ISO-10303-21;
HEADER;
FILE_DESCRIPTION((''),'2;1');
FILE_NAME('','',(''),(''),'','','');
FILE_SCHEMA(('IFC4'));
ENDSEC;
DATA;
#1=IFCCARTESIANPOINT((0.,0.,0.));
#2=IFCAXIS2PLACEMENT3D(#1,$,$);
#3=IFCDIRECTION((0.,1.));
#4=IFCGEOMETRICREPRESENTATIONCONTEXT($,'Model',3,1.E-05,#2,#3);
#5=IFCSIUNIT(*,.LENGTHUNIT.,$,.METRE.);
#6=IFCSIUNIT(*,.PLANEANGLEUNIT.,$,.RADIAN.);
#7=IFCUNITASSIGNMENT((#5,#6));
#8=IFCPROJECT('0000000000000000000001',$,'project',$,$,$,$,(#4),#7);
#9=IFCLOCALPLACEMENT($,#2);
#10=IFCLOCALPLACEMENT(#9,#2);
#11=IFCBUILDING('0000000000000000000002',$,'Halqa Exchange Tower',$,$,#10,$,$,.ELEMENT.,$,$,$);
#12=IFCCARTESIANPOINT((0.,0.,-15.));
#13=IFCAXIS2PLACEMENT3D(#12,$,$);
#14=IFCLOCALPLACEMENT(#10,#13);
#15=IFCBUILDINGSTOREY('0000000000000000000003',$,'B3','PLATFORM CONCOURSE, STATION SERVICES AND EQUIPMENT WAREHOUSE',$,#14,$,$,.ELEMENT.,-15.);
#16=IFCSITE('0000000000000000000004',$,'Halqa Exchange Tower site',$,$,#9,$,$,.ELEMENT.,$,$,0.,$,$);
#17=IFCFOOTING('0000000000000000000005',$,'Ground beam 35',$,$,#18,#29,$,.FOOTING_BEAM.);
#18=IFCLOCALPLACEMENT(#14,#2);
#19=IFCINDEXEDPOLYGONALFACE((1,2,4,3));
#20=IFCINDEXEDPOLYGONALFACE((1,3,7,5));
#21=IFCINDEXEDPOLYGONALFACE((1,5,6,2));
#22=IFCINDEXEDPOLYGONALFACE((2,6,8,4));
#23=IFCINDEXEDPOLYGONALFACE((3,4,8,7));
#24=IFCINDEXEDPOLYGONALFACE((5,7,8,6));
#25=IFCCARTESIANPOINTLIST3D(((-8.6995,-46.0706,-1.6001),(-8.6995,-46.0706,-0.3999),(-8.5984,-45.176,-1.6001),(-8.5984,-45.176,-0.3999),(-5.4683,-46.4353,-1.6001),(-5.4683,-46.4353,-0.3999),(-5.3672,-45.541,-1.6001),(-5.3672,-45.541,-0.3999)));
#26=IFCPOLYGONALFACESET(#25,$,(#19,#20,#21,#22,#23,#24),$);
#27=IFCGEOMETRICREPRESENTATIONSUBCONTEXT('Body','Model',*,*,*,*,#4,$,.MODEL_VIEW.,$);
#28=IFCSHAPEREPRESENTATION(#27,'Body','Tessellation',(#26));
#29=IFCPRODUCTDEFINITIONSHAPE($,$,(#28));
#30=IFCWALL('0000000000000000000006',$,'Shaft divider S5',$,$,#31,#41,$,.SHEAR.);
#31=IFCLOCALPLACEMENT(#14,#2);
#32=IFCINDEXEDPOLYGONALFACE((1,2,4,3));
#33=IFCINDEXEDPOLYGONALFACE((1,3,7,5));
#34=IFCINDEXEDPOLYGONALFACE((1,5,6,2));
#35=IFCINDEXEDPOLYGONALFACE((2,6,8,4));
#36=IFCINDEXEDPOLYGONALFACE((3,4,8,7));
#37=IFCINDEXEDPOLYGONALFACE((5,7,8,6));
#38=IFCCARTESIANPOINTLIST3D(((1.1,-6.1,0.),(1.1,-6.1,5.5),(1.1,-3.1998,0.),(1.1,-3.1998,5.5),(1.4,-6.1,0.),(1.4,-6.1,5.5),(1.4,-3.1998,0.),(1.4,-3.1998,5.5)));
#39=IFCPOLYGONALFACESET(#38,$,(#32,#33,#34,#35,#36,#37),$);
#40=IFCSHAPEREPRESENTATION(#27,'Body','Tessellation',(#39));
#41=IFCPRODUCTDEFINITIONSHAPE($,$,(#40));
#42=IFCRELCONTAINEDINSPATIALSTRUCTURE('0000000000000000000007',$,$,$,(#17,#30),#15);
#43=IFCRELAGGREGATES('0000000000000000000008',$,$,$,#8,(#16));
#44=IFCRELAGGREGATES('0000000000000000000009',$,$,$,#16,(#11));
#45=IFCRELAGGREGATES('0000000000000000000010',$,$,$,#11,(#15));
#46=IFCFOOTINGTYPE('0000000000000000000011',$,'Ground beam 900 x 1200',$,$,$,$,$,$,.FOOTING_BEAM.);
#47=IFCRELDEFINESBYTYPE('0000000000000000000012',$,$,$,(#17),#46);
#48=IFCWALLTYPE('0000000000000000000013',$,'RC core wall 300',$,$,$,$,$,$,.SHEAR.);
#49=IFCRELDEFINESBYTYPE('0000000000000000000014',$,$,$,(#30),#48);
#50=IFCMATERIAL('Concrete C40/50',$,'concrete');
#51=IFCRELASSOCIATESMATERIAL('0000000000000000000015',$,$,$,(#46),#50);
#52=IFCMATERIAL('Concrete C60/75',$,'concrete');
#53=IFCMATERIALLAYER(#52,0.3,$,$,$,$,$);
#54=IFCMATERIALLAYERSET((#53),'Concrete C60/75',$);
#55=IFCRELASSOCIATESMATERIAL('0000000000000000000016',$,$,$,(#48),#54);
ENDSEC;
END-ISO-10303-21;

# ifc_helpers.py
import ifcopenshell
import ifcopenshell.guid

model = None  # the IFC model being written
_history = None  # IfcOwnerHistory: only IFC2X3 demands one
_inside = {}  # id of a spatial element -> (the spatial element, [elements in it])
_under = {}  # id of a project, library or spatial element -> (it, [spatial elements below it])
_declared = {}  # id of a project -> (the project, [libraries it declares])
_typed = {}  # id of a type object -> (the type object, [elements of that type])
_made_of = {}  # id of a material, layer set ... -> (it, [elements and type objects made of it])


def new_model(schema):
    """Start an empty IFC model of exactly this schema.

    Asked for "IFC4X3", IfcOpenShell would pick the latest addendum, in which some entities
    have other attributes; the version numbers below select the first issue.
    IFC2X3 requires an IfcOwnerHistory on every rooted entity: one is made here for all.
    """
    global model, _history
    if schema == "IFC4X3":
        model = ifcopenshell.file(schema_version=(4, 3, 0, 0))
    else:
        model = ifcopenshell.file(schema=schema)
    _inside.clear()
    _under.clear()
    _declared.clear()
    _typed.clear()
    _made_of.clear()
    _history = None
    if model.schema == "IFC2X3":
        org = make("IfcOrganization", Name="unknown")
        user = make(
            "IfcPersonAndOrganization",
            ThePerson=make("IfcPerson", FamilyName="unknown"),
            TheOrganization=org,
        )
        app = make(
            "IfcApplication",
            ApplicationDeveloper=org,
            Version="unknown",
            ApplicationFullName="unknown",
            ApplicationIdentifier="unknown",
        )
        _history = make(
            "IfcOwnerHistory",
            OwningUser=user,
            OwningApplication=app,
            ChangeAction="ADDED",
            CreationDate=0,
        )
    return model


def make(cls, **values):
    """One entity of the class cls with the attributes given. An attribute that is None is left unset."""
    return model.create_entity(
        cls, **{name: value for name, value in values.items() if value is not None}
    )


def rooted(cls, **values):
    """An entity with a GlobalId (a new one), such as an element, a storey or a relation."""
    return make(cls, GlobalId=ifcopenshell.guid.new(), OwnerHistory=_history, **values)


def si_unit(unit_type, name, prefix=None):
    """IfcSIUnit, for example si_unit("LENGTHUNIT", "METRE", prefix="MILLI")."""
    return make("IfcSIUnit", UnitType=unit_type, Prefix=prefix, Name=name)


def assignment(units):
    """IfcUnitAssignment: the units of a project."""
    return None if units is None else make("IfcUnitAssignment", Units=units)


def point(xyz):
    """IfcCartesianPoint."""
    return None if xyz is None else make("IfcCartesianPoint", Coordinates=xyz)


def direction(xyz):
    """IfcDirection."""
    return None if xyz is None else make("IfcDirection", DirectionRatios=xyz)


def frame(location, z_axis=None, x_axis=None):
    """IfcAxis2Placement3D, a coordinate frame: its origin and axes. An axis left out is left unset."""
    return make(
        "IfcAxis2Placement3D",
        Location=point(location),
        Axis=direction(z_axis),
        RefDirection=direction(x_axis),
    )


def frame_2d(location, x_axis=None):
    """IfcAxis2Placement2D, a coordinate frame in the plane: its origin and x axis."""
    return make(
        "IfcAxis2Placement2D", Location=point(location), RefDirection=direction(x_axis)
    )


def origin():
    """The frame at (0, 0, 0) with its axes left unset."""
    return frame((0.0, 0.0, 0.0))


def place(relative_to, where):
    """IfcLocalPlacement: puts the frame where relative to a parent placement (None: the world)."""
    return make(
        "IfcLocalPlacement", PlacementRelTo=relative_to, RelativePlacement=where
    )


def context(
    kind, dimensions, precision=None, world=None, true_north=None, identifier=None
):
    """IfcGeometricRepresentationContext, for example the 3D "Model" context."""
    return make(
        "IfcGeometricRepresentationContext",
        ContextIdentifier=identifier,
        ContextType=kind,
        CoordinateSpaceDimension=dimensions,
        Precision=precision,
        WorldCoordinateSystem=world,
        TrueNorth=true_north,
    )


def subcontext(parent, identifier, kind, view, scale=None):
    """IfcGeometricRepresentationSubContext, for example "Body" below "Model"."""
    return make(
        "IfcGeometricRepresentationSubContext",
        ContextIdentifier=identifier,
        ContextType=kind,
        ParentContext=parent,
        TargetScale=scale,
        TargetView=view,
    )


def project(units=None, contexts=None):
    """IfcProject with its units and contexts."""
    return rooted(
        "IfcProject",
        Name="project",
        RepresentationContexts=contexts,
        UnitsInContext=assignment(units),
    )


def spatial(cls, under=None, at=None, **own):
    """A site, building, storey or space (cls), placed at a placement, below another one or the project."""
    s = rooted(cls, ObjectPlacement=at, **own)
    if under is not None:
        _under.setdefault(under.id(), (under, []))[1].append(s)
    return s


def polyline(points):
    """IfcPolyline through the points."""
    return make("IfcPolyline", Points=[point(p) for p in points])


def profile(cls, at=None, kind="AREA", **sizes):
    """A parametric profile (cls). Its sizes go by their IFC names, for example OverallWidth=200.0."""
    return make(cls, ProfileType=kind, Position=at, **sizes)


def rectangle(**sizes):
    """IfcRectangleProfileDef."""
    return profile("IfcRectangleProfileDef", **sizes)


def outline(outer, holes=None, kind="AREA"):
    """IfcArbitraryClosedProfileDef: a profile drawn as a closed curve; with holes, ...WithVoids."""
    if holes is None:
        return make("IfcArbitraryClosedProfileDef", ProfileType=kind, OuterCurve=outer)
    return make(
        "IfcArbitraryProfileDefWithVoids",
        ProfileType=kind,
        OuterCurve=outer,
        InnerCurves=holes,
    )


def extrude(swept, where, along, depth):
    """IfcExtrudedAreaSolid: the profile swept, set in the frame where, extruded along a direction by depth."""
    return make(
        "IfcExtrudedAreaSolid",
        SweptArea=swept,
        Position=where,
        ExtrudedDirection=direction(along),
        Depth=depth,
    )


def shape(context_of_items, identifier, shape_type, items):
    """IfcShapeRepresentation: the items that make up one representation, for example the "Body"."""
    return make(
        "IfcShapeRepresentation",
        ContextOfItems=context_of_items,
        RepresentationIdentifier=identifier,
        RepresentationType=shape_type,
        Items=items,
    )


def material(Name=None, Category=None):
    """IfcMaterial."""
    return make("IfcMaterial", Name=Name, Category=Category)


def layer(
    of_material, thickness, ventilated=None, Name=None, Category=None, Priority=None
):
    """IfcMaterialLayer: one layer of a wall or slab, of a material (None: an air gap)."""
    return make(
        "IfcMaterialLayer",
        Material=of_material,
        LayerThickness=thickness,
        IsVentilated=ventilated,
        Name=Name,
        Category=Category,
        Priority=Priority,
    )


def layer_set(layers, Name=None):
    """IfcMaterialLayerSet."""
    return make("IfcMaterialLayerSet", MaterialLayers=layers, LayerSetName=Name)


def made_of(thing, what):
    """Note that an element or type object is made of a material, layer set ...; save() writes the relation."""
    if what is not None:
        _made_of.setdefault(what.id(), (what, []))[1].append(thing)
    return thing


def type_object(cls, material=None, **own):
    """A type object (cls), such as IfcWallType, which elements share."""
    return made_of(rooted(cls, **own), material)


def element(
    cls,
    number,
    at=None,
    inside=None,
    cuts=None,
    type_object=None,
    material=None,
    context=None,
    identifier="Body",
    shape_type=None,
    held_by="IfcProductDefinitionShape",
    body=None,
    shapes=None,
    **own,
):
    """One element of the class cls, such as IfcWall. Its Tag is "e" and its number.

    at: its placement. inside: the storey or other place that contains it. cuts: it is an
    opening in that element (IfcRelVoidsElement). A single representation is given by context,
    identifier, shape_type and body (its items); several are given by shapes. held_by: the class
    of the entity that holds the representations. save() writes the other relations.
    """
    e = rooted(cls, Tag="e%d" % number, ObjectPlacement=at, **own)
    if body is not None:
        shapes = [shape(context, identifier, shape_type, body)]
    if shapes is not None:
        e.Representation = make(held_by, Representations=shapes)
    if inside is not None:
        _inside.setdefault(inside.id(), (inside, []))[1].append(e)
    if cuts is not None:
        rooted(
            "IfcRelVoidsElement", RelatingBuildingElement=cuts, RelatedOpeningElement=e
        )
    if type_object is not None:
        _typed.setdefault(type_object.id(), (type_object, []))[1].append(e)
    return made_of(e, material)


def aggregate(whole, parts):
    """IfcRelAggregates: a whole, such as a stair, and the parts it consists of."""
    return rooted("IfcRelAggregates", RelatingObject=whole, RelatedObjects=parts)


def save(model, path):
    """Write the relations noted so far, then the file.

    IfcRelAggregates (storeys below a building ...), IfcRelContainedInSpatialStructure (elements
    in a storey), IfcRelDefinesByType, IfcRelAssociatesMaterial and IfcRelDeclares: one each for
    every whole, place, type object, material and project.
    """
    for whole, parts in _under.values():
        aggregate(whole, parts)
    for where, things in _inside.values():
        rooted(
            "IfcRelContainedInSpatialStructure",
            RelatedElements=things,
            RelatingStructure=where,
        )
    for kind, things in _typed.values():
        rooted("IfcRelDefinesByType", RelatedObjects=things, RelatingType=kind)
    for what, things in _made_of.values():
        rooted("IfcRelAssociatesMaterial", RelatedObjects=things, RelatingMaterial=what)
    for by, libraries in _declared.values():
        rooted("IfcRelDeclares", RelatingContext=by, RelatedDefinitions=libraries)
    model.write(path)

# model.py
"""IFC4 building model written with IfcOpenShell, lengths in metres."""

from ifc_helpers import new_model, si_unit, direction, frame, frame_2d, origin, place, context, subcontext, project, spatial, polyline, rectangle, outline, extrude, material, layer, layer_set, type_object, element, save


model = new_model("IFC4")

# Units and contexts
model_context = context("Model", 3, precision=1e-05, world=origin(), true_north=direction((0.0, 1.0)))
body_context = subcontext(model_context, "Body", "Model", "MODEL_VIEW")
ifc_project = project(units=[si_unit("LENGTHUNIT", "METRE"), si_unit("PLANEANGLEUNIT", "RADIAN")], contexts=[model_context])

# Site, building, storey
site_placement = place(None, origin())
site = spatial("IfcSite", under=ifc_project, at=site_placement, Name="Halqa Exchange Tower site", CompositionType="ELEMENT", RefElevation=0.0)
building_placement = place(site_placement, origin())
building = spatial("IfcBuilding", under=site, at=building_placement, Name="Halqa Exchange Tower", CompositionType="ELEMENT")
storey_placement = place(building_placement, frame((0.0, 0.0, -15.0)))
storey = spatial("IfcBuildingStorey", under=building, at=storey_placement, Name="B3", Description="PLATFORM CONCOURSE, STATION SERVICES AND EQUIPMENT WAREHOUSE", CompositionType="ELEMENT", Elevation=-15.0)

# Footing
ifc_material_1 = material(Name="Concrete C40/50", Category="concrete")
footing_type = type_object("IfcFootingType", Name="Ground beam 900 x 1200", PredefinedType="FOOTING_BEAM", material=ifc_material_1)
footing_1_placement = place(storey_placement, frame((0.0, 0.0, -1.6001)))
element("IfcFooting", 1, at=footing_1_placement, inside=storey, type_object=footing_type, Name="Ground beam 35", PredefinedType="FOOTING_BEAM", context=body_context, shape_type="SweptSolid", body=[
    extrude(outline(polyline([(-8.5984, -45.176), (-5.3672, -45.541), (-5.4683, -46.4353), (-8.6995, -46.0706), (-8.5984, -45.176)])), origin(), (0.0, 0.0, 1.0), 1.2002),
])

# Wall
ifc_material_2 = material(Name="Concrete C60/75", Category="concrete")
ifc_layer = layer(ifc_material_2, 0.3)
ifc_layer_set = layer_set([ifc_layer], Name="Concrete C60/75")
wall_type = type_object("IfcWallType", Name="RC core wall 300", PredefinedType="SHEAR", material=ifc_layer_set)
wall_placement = place(storey_placement, frame((1.25, -6.1001, 0.0), z_axis=(0.0, 0.0, 1.0), x_axis=(0.0, 1.0, 0.0)))
element("IfcWall", 2, at=wall_placement, inside=storey, type_object=wall_type, Name="Shaft divider S5", PredefinedType="SHEAR", context=body_context, shape_type="SweptSolid", body=[
    extrude(rectangle(XDim=2.9001, YDim=0.3, at=frame_2d((1.4502, 0.0))), origin(), (0.0, 0.0, 1.0), 5.5),
])

save(model, "model.ifc")
